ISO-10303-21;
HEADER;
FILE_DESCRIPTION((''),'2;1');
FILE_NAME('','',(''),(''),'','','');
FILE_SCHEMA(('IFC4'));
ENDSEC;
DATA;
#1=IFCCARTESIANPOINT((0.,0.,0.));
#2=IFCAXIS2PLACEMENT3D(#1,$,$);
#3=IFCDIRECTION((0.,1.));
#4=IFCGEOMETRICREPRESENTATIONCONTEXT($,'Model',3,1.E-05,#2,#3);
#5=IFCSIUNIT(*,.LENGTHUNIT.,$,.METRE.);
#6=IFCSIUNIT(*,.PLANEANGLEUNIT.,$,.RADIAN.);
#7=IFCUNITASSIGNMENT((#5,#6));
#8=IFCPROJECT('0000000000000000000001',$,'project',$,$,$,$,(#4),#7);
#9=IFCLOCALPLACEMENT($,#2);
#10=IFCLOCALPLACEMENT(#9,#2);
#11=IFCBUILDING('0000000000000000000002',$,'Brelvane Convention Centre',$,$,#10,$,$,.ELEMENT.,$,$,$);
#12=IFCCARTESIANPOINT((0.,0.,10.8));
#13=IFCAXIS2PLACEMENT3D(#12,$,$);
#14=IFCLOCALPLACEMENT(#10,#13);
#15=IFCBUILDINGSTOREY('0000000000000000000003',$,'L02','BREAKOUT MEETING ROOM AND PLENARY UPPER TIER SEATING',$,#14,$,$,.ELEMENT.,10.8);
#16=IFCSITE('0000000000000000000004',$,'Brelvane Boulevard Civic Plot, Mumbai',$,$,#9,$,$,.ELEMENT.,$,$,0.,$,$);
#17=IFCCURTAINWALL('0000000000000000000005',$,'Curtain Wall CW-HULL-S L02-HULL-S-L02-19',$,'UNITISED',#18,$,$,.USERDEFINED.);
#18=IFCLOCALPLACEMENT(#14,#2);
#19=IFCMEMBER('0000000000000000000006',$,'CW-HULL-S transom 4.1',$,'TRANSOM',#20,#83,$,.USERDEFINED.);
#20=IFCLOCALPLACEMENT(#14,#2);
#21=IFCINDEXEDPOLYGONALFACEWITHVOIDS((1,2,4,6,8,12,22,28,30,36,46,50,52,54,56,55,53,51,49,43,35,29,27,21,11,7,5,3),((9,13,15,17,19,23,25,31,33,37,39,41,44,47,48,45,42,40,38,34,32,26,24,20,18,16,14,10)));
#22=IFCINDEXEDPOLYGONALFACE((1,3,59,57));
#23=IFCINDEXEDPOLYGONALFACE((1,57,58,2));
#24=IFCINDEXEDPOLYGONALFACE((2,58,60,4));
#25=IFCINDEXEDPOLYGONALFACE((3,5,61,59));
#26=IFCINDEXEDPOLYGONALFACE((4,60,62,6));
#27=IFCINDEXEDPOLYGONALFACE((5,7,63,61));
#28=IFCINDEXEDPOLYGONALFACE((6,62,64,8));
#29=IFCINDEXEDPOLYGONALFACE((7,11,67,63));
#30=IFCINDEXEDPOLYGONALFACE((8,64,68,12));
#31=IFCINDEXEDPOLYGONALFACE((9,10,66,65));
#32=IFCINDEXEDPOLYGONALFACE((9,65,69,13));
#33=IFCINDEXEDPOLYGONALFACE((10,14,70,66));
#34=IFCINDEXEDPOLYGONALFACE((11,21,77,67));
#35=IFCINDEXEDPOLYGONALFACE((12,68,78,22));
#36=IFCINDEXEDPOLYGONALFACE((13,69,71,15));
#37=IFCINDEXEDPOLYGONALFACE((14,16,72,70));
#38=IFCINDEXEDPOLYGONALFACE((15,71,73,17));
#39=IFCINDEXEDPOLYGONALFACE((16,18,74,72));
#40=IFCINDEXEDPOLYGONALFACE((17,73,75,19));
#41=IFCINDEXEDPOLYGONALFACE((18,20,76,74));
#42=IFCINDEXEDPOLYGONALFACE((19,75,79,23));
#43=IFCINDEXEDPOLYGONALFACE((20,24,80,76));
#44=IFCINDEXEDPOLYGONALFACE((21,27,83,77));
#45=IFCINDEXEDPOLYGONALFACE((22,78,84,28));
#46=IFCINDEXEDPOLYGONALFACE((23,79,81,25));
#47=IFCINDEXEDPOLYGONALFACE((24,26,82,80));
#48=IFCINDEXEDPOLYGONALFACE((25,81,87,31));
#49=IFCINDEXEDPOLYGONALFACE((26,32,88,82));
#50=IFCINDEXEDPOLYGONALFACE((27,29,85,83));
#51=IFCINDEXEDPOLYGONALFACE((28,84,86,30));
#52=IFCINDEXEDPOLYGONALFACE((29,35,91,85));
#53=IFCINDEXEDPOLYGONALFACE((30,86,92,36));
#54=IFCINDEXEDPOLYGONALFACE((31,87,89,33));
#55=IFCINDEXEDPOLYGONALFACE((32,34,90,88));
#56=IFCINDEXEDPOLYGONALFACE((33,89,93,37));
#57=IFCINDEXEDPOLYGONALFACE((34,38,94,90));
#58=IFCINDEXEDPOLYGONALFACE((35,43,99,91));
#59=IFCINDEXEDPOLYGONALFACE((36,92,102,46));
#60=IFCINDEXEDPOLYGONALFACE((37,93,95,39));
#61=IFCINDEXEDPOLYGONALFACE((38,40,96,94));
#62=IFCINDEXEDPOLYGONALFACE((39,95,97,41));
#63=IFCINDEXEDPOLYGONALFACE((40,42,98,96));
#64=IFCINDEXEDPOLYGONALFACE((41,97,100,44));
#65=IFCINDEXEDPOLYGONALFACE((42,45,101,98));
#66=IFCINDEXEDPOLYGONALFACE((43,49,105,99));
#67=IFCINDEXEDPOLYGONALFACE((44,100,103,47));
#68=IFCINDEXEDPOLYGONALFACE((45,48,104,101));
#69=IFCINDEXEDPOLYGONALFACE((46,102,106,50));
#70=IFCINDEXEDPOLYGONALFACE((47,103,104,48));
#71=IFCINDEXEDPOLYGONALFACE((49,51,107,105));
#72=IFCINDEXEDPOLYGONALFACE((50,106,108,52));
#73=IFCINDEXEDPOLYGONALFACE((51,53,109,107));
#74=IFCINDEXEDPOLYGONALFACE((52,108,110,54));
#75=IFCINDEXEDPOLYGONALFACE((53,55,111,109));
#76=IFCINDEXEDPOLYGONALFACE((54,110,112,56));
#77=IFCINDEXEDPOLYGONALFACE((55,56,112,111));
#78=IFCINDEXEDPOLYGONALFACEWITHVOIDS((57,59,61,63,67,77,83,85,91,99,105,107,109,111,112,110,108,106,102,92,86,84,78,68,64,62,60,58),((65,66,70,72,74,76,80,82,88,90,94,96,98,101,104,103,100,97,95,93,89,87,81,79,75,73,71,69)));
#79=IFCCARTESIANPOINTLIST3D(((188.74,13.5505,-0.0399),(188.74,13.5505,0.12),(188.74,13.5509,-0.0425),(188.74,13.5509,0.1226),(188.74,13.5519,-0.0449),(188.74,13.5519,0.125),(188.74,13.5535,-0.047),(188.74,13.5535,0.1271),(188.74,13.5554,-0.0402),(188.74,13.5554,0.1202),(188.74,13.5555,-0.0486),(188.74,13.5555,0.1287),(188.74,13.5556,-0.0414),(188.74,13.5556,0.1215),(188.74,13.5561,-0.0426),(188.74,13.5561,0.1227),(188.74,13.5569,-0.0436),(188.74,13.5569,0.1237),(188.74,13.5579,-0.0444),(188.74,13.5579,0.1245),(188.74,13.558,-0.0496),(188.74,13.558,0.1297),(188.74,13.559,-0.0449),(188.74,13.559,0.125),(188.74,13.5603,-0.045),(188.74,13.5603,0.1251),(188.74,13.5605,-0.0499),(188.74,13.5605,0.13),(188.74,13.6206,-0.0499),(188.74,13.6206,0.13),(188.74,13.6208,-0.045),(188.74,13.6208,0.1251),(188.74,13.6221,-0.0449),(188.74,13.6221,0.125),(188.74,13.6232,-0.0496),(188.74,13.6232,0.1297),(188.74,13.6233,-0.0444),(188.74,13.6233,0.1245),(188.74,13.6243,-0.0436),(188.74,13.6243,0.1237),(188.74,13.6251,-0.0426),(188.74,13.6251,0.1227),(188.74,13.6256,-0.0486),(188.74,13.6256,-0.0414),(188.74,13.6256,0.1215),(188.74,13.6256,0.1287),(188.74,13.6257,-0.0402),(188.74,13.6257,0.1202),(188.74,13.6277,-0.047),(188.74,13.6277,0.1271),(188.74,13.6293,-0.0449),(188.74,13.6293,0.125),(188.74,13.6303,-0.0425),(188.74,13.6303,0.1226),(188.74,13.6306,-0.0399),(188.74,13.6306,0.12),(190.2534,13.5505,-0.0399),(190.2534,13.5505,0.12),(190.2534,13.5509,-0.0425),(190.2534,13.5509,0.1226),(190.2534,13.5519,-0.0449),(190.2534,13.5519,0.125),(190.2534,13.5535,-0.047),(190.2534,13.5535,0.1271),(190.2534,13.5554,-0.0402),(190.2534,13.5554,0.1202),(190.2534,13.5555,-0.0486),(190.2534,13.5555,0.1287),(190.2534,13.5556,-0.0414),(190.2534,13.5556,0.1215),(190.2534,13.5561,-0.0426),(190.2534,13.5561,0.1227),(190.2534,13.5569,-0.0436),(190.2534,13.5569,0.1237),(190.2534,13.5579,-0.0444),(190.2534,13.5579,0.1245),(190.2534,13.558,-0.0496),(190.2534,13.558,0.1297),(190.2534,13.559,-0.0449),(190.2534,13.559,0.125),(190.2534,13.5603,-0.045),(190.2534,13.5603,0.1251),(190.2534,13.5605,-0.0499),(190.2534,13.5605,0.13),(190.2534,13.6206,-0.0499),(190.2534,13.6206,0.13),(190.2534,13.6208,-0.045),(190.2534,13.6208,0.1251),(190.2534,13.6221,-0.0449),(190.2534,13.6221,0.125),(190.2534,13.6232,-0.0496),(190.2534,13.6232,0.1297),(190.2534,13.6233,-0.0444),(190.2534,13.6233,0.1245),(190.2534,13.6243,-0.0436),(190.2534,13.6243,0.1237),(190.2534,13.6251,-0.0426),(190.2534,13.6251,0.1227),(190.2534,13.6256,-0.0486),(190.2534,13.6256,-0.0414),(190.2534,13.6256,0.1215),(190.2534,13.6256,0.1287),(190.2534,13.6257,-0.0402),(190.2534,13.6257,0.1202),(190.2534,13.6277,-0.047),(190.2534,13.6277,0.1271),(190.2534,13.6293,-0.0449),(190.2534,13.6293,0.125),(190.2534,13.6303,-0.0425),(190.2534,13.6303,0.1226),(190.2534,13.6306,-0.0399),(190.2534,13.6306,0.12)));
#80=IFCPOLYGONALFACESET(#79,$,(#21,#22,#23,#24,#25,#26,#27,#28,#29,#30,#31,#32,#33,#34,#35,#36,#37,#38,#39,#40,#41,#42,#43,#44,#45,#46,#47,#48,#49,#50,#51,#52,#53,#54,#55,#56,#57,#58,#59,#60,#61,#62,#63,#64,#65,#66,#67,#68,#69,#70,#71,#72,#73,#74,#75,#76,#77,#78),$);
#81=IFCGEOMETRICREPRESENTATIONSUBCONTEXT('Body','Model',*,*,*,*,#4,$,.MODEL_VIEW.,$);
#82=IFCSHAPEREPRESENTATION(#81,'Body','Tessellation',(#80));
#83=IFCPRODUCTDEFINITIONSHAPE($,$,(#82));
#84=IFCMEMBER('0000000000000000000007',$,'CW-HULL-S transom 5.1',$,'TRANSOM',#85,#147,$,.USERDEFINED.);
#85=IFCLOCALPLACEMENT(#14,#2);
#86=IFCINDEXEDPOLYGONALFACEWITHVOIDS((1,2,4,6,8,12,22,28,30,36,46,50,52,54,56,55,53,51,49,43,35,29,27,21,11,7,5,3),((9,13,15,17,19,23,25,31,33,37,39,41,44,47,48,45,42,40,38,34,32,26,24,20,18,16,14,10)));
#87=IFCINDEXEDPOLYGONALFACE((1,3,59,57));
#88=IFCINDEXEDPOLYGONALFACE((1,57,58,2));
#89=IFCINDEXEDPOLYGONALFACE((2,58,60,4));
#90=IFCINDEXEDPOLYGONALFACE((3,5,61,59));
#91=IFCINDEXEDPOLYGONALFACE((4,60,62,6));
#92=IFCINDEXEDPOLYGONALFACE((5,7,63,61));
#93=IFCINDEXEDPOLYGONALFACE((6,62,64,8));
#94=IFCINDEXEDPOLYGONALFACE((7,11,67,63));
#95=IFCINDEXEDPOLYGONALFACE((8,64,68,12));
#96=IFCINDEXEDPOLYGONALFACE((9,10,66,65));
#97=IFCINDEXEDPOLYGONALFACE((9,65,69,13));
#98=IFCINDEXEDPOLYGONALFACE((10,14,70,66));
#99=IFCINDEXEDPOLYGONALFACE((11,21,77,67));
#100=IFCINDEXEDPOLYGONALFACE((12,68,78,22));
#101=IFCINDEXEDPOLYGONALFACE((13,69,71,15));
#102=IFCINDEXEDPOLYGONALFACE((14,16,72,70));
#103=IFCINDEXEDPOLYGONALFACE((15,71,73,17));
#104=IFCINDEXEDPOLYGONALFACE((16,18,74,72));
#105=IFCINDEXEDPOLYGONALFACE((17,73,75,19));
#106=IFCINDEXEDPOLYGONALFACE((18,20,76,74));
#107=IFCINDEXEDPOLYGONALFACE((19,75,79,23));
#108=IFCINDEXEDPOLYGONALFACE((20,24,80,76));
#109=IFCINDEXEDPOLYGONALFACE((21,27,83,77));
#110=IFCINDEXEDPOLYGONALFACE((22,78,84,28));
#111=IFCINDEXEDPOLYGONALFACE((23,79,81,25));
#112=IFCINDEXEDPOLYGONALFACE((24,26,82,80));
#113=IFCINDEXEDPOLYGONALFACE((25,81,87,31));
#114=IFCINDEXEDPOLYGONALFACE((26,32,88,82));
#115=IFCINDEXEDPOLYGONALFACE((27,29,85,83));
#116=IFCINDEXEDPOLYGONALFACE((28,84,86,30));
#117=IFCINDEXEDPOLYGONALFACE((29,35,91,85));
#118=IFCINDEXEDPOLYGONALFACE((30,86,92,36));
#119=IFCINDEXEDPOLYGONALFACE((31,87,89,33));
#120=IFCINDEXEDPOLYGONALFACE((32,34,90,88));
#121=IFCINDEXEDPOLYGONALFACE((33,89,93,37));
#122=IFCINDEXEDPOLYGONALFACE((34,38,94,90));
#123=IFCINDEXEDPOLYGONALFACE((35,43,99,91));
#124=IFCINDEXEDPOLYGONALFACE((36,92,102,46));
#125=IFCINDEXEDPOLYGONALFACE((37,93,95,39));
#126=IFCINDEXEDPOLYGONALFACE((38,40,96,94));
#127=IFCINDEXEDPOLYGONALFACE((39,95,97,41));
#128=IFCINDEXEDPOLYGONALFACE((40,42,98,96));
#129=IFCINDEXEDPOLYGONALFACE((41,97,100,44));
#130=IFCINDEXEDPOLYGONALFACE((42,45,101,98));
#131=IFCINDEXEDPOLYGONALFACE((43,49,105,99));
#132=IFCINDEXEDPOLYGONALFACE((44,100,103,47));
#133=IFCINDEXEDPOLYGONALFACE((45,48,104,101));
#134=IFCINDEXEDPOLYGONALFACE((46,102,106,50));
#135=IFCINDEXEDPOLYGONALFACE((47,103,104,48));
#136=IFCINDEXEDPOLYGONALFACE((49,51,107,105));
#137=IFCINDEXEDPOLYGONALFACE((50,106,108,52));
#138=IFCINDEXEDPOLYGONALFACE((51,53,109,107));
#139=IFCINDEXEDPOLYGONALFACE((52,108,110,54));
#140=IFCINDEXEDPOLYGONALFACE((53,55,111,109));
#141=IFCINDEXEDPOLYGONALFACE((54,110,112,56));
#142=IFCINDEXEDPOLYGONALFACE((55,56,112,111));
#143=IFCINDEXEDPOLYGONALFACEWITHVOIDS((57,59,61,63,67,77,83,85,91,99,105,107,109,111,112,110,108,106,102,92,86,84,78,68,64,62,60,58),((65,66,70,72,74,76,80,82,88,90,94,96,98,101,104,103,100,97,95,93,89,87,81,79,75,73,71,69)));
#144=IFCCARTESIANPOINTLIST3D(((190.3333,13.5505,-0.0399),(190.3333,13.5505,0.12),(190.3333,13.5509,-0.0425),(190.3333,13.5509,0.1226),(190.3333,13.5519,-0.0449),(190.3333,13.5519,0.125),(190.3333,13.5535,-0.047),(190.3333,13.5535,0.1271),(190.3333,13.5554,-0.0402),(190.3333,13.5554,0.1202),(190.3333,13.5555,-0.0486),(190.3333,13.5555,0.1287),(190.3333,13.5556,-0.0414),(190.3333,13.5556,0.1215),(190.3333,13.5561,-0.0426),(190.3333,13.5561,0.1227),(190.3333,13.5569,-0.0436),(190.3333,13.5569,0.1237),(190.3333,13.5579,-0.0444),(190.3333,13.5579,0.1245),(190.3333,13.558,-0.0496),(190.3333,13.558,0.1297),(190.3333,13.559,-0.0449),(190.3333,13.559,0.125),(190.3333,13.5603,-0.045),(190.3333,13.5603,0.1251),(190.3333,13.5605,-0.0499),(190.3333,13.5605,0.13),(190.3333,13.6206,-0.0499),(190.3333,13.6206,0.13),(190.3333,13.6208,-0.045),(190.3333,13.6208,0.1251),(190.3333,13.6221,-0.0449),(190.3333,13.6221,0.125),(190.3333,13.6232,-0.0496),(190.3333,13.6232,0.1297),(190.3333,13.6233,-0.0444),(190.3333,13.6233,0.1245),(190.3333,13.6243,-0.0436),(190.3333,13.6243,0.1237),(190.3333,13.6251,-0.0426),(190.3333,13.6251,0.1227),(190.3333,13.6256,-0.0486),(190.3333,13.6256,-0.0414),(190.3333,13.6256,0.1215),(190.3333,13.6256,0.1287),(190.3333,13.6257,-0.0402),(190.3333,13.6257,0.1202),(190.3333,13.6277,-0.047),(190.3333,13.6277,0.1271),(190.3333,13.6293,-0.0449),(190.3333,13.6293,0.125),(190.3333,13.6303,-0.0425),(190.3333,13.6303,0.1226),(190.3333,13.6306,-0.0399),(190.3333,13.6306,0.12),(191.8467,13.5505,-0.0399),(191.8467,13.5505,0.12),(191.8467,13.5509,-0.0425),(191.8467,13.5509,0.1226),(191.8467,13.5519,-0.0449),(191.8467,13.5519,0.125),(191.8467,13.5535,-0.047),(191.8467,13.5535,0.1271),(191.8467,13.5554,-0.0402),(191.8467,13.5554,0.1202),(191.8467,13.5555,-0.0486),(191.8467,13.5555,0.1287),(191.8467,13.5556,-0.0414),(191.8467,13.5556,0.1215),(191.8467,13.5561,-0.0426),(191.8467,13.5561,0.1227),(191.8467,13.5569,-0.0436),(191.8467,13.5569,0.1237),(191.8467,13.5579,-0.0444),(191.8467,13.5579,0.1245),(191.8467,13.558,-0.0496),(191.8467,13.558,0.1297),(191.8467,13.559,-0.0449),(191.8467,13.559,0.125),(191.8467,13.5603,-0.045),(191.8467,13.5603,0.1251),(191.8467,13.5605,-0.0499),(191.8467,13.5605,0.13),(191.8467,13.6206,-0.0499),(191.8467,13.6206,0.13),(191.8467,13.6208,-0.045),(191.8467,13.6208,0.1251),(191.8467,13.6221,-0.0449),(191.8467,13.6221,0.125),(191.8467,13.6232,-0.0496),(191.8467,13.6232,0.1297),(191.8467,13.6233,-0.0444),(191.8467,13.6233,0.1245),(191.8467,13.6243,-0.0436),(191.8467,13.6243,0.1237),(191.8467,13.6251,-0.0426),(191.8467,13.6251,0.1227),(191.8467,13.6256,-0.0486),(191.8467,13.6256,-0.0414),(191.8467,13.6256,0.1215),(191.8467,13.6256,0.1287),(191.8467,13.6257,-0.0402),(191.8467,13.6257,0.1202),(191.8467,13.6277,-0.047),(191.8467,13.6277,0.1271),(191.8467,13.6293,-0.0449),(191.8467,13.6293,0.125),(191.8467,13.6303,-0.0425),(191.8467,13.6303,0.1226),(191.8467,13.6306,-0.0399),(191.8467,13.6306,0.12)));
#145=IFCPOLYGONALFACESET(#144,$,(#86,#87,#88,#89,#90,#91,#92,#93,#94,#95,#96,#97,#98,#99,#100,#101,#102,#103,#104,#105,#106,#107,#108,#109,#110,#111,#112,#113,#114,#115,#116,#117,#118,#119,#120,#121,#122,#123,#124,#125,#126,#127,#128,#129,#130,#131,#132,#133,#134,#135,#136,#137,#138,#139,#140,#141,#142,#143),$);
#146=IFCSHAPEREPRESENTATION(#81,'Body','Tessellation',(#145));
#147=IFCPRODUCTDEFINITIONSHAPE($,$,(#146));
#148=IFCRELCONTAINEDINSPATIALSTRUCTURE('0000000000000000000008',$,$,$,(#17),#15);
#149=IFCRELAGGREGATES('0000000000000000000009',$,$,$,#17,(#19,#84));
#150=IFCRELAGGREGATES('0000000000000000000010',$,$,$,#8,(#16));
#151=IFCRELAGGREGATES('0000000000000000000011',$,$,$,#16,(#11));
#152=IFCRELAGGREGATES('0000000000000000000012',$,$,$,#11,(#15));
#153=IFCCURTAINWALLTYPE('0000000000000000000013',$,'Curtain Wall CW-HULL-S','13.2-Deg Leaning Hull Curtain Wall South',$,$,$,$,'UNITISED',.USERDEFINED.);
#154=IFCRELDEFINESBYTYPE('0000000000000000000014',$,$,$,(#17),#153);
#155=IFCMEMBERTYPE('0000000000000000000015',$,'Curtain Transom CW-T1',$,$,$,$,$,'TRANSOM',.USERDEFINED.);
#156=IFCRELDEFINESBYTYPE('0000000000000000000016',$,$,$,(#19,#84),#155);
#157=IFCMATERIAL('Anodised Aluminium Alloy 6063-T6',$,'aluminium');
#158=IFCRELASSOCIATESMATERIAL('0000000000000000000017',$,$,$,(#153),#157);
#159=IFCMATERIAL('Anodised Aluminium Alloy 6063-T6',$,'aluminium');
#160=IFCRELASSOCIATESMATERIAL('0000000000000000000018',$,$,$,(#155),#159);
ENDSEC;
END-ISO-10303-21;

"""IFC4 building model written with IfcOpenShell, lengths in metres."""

from ifc_helpers import new_model, si_unit, direction, frame, origin, origin_2d, place, context, subcontext, project, spatial, hollow_rectangle, extrude, material, material_profile, profile_set, type_object, element, aggregate, save


model = new_model("IFC4")

# Units and contexts
model_context = context("Model", 3, precision=1e-05, world=origin(), true_north=direction((0.0, 1.0)))
body_context = subcontext(model_context, "Body", "Model", "MODEL_VIEW")
ifc_project = project(units=[si_unit("LENGTHUNIT", "METRE"), si_unit("PLANEANGLEUNIT", "RADIAN")], contexts=[model_context])

# Site, building, storey
site_placement = place(None, origin())
site = spatial("IfcSite", under=ifc_project, at=site_placement, Name="Brelvane Boulevard Civic Plot, Mumbai", CompositionType="ELEMENT", RefElevation=0.0)
building_placement = place(site_placement, origin())
building = spatial("IfcBuilding", under=site, at=building_placement, Name="Brelvane Convention Centre", CompositionType="ELEMENT")
storey_placement = place(building_placement, frame((0.0, 0.0, 10.8)))
storey = spatial("IfcBuildingStorey", under=building, at=storey_placement, Name="L02", Description="BREAKOUT MEETING ROOM AND PLENARY UPPER TIER SEATING", CompositionType="ELEMENT", Elevation=10.8)

# Curtain wall
ifc_material_1 = material(Name="Anodised Aluminium Alloy 6063-T6", Category="aluminium")
curtain_wall_type = type_object("IfcCurtainWallType", Name="Curtain Wall CW-HULL-S", Description="13.2-Deg Leaning Hull Curtain Wall South", ElementType="UNITISED", PredefinedType="USERDEFINED", material=ifc_material_1)
curtain_wall_1_placement = place(storey_placement, origin())
curtain_wall_1 = element("IfcCurtainWall", 1, at=curtain_wall_1_placement, inside=storey, type_object=curtain_wall_type, Name="Curtain Wall CW-HULL-S L02-HULL-S-L02-19", ObjectType="UNITISED", PredefinedType="USERDEFINED")

# Members
ifc_material_2 = material(Name="Anodised Aluminium Alloy 6063-T6", Category="aluminium")
ifc_material_profile_1 = material_profile(ifc_material_2, hollow_rectangle(XDim=0.0801, YDim=0.1799, WallThickness=0.0049, InnerFilletRadius=0.0049, OuterFilletRadius=0.01, at=origin_2d()), Name="ALU-T 180x80x5.0")
ifc_profile_set_1 = profile_set([ifc_material_profile_1], Name="Anodised Aluminium Alloy 6063-T6")
member_type_1 = type_object("IfcMemberType", Name="Curtain Transom CW-T1", ElementType="TRANSOM", PredefinedType="USERDEFINED", material=ifc_profile_set_1)
member_1_placement = place(storey_placement, frame((188.74, 13.5906, 0.04), z_axis=(1.0, 0.0, 0.0), x_axis=(0.0, 1.0, 0.0)))
member_1 = element("IfcMember", 2, at=member_1_placement, type_object=member_type_1, Name="CW-HULL-S transom 4.1", ObjectType="TRANSOM", PredefinedType="USERDEFINED", context=body_context, shape_type="SweptSolid", body=[
    extrude(hollow_rectangle(XDim=0.0801, YDim=0.1799, WallThickness=0.0049, InnerFilletRadius=0.0049, OuterFilletRadius=0.01, at=origin_2d()), origin(), (0.0, 0.0, 1.0), 1.5134),
])
member_2_placement = place(storey_placement, frame((190.3333, 13.5906, 0.04), z_axis=(1.0, 0.0, 0.0), x_axis=(0.0, 1.0, 0.0)))
member_2 = element("IfcMember", 3, at=member_2_placement, type_object=member_type_1, Name="CW-HULL-S transom 5.1", ObjectType="TRANSOM", PredefinedType="USERDEFINED", context=body_context, shape_type="SweptSolid", body=[
    extrude(hollow_rectangle(XDim=0.0801, YDim=0.1799, WallThickness=0.0049, InnerFilletRadius=0.0049, OuterFilletRadius=0.01, at=origin_2d()), origin(), (0.0, 0.0, 1.0), 1.5134),
])
aggregate(curtain_wall_1, [member_1, member_2])

save(model, "model.ifc")
